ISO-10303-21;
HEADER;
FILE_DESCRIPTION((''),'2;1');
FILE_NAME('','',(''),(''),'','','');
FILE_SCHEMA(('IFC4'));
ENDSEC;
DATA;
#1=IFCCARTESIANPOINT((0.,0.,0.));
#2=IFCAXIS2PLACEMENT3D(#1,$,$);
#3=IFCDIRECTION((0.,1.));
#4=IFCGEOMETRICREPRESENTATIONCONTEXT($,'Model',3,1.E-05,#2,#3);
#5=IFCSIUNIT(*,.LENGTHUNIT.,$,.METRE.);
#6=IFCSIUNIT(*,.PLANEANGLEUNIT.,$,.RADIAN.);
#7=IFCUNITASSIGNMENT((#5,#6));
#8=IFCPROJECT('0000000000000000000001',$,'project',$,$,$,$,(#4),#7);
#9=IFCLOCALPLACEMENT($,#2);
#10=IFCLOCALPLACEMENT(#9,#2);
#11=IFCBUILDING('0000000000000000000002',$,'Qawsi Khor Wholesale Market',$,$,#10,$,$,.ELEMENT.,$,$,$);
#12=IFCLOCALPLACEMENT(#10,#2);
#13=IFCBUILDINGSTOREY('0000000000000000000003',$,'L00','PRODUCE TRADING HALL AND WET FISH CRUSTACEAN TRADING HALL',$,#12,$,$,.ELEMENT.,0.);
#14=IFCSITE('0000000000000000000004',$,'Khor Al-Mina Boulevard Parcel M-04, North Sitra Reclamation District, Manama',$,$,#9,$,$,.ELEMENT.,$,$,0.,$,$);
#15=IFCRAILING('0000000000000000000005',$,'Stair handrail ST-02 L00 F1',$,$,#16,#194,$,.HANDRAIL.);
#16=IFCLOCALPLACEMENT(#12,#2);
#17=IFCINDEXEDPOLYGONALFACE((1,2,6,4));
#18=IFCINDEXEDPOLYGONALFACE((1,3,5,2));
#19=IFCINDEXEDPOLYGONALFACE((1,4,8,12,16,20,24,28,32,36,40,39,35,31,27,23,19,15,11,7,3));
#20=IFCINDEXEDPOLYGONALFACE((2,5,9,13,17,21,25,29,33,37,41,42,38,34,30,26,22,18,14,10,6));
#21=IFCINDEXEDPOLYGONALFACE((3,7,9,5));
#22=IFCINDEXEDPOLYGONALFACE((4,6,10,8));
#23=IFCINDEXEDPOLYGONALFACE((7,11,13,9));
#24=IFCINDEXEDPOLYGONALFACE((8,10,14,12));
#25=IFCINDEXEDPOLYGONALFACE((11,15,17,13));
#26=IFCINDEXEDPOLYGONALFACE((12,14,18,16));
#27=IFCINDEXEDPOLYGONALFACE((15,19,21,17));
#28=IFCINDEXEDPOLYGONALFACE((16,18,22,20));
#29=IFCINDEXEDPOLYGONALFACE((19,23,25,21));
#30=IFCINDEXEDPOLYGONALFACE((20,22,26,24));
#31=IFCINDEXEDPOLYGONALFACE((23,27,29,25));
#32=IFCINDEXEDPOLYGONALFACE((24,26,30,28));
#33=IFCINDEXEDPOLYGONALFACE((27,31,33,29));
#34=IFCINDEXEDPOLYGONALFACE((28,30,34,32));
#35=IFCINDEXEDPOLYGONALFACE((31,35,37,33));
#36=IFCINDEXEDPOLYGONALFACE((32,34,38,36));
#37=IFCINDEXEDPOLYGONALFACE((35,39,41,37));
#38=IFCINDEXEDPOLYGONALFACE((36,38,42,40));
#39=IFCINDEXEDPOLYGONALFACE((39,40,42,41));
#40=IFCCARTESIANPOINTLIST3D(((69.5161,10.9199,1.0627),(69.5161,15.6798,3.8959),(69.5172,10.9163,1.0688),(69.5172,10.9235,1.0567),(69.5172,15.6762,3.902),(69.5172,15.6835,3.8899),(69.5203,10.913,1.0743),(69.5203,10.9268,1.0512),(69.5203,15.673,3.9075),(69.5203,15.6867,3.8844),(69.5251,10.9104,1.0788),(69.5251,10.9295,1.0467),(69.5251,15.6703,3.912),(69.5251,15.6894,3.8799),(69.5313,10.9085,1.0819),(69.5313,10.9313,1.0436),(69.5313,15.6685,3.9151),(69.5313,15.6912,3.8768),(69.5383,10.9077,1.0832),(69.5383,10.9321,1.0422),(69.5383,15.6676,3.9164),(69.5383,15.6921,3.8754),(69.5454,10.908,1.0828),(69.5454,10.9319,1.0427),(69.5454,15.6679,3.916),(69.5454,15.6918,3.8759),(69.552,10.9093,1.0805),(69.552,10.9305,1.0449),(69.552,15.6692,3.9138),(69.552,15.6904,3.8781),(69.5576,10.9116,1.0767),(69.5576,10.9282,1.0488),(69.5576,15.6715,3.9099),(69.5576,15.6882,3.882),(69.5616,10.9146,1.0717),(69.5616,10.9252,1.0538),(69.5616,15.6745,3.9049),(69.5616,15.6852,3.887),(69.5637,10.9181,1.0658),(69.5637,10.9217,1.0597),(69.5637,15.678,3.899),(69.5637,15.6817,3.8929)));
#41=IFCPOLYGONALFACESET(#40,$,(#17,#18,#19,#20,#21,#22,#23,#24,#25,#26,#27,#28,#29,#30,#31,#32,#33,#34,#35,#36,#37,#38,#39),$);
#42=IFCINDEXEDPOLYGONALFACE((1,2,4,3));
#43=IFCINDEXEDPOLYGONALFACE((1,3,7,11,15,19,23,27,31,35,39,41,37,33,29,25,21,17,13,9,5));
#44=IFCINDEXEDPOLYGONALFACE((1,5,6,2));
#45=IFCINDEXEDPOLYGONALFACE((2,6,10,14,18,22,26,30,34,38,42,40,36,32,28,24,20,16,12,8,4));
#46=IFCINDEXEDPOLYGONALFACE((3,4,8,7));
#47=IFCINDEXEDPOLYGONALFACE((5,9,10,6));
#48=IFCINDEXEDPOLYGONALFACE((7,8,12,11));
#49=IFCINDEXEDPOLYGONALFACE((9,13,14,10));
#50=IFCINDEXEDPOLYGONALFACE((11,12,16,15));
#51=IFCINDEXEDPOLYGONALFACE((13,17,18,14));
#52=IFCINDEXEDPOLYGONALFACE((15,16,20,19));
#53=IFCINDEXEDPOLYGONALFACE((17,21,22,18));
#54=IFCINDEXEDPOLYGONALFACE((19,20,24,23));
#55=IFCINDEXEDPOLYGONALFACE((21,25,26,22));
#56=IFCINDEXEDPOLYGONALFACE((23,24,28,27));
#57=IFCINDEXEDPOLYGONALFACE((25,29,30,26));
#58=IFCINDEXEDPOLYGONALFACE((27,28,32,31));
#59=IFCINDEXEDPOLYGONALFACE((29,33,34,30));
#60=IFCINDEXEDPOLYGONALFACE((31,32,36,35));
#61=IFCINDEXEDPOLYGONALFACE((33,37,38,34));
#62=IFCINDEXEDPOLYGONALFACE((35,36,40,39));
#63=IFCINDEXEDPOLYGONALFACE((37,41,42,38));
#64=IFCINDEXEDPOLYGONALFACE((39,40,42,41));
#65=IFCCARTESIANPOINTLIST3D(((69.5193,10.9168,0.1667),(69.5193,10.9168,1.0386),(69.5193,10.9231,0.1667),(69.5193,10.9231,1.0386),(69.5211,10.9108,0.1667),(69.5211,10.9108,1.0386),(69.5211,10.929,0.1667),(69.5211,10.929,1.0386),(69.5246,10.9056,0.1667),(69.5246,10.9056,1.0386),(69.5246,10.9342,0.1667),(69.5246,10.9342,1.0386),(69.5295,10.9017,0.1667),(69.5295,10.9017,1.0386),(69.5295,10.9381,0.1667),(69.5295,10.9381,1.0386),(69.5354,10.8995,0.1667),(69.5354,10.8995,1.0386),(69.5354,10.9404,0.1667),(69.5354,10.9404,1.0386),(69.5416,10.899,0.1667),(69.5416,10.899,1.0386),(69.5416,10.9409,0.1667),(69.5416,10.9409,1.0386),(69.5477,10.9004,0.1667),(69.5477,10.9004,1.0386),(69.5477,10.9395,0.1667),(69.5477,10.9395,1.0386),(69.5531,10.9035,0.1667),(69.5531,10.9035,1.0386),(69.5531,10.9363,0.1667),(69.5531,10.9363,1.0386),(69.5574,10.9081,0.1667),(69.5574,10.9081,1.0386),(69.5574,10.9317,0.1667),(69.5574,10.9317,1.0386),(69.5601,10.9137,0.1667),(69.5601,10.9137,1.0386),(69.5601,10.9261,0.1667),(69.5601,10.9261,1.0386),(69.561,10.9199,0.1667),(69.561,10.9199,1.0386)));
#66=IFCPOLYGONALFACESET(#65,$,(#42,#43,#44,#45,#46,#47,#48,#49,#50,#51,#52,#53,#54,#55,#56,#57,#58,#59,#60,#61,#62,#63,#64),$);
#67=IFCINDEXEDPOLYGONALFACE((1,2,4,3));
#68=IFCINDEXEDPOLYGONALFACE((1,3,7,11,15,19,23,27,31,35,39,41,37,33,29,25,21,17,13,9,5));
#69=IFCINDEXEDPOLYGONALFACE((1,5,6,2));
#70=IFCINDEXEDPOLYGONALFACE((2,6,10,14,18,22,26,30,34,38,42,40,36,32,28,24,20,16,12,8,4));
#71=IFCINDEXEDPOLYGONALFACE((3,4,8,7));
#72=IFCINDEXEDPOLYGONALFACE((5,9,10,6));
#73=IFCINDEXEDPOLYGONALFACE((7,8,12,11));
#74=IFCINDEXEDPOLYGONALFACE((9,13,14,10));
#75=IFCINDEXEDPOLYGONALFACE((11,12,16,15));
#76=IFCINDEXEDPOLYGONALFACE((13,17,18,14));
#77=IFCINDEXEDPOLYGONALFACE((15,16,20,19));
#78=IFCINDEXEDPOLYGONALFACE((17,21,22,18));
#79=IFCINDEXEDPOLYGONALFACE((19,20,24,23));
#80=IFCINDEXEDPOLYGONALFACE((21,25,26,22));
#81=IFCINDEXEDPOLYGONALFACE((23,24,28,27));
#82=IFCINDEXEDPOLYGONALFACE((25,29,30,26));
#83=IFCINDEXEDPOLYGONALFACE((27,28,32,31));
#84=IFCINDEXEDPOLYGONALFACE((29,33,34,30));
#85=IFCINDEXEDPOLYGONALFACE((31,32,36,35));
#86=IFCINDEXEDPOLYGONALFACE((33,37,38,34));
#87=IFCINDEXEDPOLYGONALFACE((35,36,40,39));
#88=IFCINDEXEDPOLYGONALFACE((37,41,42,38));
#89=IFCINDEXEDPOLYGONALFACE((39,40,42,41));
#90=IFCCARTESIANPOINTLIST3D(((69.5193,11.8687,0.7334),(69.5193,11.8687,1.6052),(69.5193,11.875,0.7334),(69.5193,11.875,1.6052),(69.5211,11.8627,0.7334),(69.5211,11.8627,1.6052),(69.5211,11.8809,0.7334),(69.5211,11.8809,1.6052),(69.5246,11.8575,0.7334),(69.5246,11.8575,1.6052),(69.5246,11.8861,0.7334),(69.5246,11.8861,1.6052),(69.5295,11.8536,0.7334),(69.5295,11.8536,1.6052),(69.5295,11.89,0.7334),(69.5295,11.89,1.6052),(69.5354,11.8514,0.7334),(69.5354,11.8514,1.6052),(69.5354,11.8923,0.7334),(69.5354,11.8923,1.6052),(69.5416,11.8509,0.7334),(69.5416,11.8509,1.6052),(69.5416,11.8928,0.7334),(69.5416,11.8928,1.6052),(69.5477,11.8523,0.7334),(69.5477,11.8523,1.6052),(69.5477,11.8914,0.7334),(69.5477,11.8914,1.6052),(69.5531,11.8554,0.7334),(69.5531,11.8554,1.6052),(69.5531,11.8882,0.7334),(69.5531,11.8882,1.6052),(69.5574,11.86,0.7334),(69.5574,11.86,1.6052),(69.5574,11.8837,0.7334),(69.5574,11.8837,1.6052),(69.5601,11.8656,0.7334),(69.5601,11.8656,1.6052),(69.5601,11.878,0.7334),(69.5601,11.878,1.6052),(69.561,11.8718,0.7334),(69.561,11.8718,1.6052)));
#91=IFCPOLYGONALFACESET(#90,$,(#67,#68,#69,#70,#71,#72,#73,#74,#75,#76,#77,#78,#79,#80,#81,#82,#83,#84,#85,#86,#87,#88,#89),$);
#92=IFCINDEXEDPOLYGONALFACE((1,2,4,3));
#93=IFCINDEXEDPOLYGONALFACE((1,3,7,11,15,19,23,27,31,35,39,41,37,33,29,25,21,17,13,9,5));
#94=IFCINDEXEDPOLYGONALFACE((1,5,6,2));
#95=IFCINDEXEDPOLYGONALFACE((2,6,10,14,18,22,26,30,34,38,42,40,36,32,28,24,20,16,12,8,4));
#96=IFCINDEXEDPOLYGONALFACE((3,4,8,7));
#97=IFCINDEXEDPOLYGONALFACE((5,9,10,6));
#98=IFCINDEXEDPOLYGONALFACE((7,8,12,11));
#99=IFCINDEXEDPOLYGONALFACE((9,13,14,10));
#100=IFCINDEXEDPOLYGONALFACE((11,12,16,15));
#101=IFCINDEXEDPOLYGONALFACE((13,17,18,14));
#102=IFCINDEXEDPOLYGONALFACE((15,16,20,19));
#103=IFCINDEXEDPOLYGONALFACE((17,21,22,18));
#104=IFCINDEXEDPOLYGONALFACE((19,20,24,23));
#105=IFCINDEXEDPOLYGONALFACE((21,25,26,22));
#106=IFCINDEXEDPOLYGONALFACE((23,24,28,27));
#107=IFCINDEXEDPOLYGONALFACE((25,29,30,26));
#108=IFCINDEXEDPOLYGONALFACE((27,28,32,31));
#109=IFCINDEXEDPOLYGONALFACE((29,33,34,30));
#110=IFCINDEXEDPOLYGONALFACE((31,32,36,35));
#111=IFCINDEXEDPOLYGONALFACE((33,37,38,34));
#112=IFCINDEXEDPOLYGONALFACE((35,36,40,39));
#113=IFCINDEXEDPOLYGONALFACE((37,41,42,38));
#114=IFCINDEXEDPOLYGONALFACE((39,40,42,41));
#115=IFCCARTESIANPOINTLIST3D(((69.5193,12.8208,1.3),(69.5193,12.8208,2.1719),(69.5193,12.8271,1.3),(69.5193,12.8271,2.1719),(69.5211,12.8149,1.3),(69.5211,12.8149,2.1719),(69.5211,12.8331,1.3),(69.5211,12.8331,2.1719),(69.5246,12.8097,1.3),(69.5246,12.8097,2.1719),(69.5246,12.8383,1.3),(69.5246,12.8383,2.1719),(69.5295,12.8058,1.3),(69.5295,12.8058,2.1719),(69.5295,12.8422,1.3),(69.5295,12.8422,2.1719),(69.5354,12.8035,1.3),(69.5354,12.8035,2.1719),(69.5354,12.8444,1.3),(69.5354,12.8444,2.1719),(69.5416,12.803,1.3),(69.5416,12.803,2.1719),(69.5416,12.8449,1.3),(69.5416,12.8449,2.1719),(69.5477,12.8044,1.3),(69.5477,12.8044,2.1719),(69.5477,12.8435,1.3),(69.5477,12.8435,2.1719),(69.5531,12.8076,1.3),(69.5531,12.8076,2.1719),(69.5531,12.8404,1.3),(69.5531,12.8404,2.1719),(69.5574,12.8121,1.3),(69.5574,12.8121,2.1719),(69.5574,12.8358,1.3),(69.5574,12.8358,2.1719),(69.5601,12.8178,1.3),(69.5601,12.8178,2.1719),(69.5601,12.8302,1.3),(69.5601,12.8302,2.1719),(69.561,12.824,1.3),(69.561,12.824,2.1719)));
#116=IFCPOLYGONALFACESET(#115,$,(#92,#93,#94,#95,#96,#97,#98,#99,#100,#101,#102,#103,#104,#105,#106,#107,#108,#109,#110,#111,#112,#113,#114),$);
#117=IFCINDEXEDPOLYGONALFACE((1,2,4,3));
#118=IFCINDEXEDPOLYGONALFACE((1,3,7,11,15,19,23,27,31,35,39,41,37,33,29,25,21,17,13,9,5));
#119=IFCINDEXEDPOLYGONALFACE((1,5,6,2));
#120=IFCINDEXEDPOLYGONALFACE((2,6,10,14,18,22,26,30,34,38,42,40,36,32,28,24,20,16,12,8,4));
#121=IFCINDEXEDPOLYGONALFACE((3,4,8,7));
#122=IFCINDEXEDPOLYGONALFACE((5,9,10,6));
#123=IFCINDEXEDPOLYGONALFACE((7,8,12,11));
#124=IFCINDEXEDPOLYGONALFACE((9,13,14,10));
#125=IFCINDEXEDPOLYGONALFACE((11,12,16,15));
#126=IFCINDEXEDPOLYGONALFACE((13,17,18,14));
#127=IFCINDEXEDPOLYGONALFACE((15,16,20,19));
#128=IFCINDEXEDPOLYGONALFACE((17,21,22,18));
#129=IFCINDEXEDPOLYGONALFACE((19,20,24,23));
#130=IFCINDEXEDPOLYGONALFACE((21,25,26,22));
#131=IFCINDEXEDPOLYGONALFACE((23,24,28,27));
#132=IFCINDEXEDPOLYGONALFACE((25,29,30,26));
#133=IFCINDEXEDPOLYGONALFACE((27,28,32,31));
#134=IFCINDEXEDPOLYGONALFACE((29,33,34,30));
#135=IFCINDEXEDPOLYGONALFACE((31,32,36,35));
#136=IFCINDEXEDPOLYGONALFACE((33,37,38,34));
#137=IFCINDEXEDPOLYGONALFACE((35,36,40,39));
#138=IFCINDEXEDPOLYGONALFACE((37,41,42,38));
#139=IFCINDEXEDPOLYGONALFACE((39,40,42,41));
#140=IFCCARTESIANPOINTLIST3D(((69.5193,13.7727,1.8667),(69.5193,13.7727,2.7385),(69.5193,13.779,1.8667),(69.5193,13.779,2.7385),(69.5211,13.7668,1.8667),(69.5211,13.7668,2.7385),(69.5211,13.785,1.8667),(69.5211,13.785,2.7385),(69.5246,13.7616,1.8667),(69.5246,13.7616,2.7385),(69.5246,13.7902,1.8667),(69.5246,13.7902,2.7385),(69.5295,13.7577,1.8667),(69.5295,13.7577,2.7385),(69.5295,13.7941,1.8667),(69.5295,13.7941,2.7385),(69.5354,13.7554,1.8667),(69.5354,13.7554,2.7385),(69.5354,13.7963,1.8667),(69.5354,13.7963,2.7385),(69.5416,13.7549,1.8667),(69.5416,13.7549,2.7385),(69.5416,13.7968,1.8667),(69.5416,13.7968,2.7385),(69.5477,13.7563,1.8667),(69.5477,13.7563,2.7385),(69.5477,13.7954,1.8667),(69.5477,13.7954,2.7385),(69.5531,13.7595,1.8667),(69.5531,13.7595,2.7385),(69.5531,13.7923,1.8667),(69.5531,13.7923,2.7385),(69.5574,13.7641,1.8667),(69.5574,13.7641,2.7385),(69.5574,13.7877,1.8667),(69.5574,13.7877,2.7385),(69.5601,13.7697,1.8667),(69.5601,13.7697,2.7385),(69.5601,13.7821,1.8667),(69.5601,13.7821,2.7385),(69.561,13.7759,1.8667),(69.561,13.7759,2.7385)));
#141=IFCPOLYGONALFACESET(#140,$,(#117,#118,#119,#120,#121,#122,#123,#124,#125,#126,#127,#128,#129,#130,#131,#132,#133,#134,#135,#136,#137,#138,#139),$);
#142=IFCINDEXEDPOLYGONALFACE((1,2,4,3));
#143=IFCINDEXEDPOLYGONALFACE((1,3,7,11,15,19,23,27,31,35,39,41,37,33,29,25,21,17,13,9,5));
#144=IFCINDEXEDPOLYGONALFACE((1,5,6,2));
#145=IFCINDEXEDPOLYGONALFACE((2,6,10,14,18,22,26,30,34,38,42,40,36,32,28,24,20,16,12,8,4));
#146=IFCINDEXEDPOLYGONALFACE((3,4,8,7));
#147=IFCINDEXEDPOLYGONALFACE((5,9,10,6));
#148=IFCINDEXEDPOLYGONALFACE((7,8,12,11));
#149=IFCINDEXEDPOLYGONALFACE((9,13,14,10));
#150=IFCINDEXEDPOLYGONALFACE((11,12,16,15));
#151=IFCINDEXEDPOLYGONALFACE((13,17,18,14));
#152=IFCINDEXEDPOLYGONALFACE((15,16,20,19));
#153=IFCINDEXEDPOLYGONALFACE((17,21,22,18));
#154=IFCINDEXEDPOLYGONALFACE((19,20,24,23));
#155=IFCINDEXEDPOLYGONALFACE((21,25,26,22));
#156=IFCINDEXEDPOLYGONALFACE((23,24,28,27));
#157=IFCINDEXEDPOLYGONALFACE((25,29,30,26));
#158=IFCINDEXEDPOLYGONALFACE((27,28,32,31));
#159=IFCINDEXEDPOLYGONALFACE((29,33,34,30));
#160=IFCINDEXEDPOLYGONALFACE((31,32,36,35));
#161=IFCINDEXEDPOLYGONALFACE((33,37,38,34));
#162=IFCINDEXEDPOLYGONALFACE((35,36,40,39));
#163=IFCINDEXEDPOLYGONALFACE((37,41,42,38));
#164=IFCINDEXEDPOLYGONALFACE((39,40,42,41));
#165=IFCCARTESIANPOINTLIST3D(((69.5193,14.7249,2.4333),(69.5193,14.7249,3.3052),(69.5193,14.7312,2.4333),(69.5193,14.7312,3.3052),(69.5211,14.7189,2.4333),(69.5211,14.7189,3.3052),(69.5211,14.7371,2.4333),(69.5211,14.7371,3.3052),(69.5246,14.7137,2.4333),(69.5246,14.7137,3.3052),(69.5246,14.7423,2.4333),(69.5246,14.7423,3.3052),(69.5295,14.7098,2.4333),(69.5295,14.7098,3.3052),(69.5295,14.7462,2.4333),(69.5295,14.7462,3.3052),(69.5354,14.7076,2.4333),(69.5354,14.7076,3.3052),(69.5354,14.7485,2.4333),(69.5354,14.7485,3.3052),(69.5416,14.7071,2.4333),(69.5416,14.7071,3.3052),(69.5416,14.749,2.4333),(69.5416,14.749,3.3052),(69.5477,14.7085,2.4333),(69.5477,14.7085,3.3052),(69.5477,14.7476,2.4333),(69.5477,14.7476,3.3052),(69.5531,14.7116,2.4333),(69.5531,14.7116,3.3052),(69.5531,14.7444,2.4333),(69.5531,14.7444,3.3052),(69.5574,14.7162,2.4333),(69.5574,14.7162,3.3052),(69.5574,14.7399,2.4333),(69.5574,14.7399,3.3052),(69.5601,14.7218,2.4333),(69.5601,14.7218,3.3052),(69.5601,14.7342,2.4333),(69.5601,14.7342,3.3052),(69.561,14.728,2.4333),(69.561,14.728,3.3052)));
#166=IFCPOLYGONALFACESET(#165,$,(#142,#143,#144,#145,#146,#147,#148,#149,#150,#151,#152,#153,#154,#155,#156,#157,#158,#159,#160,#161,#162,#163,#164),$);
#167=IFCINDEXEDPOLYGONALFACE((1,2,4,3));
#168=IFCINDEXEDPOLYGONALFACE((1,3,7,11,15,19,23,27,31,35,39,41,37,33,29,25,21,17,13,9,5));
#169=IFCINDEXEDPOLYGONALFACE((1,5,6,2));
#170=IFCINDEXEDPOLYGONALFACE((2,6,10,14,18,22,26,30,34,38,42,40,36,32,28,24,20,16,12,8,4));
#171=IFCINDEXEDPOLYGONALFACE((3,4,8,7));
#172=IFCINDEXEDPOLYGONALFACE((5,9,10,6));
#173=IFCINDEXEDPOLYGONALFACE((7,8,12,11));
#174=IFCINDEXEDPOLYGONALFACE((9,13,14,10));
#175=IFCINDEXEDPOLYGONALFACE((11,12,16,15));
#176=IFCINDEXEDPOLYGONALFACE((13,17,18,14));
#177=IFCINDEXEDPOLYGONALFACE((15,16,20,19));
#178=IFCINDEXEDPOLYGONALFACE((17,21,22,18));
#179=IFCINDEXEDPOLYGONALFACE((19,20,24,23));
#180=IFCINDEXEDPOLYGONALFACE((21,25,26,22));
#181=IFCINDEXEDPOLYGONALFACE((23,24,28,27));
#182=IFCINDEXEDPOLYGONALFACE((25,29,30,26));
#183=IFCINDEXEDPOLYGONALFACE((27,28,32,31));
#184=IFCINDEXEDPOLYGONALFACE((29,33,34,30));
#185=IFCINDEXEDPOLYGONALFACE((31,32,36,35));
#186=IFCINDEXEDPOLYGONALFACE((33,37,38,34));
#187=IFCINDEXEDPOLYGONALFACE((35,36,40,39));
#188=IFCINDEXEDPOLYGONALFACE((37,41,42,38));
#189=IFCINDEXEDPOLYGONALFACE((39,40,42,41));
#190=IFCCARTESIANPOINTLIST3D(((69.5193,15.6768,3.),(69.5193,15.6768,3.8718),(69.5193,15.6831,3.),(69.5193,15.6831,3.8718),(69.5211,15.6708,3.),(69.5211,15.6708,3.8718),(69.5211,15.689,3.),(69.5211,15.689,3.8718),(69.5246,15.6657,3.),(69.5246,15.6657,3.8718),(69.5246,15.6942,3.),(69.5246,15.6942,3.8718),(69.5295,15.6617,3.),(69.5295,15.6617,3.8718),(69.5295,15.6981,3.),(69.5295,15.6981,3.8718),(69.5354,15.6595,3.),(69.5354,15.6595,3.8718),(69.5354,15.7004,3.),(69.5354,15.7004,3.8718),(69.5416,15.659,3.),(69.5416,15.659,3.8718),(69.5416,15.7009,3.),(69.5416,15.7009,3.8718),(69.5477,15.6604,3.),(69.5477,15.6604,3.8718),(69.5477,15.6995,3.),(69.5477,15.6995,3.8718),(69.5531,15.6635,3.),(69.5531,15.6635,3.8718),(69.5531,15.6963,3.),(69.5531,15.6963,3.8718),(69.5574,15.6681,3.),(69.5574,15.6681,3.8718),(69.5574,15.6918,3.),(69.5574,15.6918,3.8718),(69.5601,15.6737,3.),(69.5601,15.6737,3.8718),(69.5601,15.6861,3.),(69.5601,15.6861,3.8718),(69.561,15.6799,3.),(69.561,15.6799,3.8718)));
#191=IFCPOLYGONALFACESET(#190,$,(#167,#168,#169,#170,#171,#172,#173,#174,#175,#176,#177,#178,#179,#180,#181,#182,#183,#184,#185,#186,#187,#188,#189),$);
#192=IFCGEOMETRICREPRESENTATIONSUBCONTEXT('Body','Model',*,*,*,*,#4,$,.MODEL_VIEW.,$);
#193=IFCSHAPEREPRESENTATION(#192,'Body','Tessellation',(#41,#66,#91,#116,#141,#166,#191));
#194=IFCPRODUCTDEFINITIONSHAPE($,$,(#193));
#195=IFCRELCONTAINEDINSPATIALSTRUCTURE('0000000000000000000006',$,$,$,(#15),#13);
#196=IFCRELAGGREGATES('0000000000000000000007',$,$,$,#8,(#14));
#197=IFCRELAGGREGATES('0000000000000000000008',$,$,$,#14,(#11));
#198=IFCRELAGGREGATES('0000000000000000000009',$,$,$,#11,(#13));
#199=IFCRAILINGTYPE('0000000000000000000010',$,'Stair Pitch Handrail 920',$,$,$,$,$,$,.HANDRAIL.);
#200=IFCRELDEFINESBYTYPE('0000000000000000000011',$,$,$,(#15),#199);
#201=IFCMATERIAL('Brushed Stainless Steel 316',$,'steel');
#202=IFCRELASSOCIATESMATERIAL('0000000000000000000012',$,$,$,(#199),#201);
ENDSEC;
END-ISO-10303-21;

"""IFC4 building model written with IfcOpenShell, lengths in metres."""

from ifc_helpers import new_model, si_unit, direction, frame, origin, origin_2d, place, context, subcontext, project, spatial, circle, extrude, material, type_object, element, save


model = new_model("IFC4")

# Units and contexts
model_context = context("Model", 3, precision=1e-05, world=origin(), true_north=direction((0.0, 1.0)))
body_context = subcontext(model_context, "Body", "Model", "MODEL_VIEW")
ifc_project = project(units=[si_unit("LENGTHUNIT", "METRE"), si_unit("PLANEANGLEUNIT", "RADIAN")], contexts=[model_context])

# Site, building, storey
site_placement = place(None, origin())
site = spatial("IfcSite", under=ifc_project, at=site_placement, Name="Khor Al-Mina Boulevard Parcel M-04, North Sitra Reclamation District, Manama", CompositionType="ELEMENT", RefElevation=0.0)
building_placement = place(site_placement, origin())
building = spatial("IfcBuilding", under=site, at=building_placement, Name="Qawsi Khor Wholesale Market", CompositionType="ELEMENT")
storey_placement = place(building_placement, origin())
storey = spatial("IfcBuildingStorey", under=building, at=storey_placement, Name="L00", Description="PRODUCE TRADING HALL AND WET FISH CRUSTACEAN TRADING HALL", CompositionType="ELEMENT", Elevation=0.0)

# Railing
ifc_material_1 = material(Name="Brushed Stainless Steel 316", Category="steel")
railing_type = type_object("IfcRailingType", Name="Stair Pitch Handrail 920", PredefinedType="HANDRAIL", material=ifc_material_1)
railing_1_placement = place(storey_placement, frame((69.54, 10.9199, 0.1667)))
element("IfcRailing", 1, at=railing_1_placement, inside=storey, type_object=railing_type, Name="Stair handrail ST-02 L00 F1", PredefinedType="HANDRAIL", context=body_context, shape_type="SweptSolid", body=[
    extrude(circle(Radius=0.0239, at=origin_2d()), frame((0.0, 0.0, 0.896), z_axis=(0.0, 0.8593, 0.511472), x_axis=(-1.0, 0.0, 0.0)), (0.0, 0.0, 1.0), 5.5393),
    extrude(circle(Radius=0.021, at=origin_2d()), origin(), (0.0, 0.0, 1.0), 0.8718),
    extrude(circle(Radius=0.021, at=origin_2d()), frame((0.0, 0.9519, 0.5667)), (0.0, 0.0, 1.0), 0.8718),
    extrude(circle(Radius=0.021, at=origin_2d()), frame((0.0, 1.9041, 1.1333)), (0.0, 0.0, 1.0), 0.8718),
    extrude(circle(Radius=0.021, at=origin_2d()), frame((0.0, 2.856, 1.7)), (0.0, 0.0, 1.0), 0.8718),
    extrude(circle(Radius=0.021, at=origin_2d()), frame((0.0, 3.8081, 2.2666)), (0.0, 0.0, 1.0), 0.8718),
    extrude(circle(Radius=0.021, at=origin_2d()), frame((0.0, 4.76, 2.8333)), (0.0, 0.0, 1.0), 0.8718),
])

save(model, "model.ifc")
